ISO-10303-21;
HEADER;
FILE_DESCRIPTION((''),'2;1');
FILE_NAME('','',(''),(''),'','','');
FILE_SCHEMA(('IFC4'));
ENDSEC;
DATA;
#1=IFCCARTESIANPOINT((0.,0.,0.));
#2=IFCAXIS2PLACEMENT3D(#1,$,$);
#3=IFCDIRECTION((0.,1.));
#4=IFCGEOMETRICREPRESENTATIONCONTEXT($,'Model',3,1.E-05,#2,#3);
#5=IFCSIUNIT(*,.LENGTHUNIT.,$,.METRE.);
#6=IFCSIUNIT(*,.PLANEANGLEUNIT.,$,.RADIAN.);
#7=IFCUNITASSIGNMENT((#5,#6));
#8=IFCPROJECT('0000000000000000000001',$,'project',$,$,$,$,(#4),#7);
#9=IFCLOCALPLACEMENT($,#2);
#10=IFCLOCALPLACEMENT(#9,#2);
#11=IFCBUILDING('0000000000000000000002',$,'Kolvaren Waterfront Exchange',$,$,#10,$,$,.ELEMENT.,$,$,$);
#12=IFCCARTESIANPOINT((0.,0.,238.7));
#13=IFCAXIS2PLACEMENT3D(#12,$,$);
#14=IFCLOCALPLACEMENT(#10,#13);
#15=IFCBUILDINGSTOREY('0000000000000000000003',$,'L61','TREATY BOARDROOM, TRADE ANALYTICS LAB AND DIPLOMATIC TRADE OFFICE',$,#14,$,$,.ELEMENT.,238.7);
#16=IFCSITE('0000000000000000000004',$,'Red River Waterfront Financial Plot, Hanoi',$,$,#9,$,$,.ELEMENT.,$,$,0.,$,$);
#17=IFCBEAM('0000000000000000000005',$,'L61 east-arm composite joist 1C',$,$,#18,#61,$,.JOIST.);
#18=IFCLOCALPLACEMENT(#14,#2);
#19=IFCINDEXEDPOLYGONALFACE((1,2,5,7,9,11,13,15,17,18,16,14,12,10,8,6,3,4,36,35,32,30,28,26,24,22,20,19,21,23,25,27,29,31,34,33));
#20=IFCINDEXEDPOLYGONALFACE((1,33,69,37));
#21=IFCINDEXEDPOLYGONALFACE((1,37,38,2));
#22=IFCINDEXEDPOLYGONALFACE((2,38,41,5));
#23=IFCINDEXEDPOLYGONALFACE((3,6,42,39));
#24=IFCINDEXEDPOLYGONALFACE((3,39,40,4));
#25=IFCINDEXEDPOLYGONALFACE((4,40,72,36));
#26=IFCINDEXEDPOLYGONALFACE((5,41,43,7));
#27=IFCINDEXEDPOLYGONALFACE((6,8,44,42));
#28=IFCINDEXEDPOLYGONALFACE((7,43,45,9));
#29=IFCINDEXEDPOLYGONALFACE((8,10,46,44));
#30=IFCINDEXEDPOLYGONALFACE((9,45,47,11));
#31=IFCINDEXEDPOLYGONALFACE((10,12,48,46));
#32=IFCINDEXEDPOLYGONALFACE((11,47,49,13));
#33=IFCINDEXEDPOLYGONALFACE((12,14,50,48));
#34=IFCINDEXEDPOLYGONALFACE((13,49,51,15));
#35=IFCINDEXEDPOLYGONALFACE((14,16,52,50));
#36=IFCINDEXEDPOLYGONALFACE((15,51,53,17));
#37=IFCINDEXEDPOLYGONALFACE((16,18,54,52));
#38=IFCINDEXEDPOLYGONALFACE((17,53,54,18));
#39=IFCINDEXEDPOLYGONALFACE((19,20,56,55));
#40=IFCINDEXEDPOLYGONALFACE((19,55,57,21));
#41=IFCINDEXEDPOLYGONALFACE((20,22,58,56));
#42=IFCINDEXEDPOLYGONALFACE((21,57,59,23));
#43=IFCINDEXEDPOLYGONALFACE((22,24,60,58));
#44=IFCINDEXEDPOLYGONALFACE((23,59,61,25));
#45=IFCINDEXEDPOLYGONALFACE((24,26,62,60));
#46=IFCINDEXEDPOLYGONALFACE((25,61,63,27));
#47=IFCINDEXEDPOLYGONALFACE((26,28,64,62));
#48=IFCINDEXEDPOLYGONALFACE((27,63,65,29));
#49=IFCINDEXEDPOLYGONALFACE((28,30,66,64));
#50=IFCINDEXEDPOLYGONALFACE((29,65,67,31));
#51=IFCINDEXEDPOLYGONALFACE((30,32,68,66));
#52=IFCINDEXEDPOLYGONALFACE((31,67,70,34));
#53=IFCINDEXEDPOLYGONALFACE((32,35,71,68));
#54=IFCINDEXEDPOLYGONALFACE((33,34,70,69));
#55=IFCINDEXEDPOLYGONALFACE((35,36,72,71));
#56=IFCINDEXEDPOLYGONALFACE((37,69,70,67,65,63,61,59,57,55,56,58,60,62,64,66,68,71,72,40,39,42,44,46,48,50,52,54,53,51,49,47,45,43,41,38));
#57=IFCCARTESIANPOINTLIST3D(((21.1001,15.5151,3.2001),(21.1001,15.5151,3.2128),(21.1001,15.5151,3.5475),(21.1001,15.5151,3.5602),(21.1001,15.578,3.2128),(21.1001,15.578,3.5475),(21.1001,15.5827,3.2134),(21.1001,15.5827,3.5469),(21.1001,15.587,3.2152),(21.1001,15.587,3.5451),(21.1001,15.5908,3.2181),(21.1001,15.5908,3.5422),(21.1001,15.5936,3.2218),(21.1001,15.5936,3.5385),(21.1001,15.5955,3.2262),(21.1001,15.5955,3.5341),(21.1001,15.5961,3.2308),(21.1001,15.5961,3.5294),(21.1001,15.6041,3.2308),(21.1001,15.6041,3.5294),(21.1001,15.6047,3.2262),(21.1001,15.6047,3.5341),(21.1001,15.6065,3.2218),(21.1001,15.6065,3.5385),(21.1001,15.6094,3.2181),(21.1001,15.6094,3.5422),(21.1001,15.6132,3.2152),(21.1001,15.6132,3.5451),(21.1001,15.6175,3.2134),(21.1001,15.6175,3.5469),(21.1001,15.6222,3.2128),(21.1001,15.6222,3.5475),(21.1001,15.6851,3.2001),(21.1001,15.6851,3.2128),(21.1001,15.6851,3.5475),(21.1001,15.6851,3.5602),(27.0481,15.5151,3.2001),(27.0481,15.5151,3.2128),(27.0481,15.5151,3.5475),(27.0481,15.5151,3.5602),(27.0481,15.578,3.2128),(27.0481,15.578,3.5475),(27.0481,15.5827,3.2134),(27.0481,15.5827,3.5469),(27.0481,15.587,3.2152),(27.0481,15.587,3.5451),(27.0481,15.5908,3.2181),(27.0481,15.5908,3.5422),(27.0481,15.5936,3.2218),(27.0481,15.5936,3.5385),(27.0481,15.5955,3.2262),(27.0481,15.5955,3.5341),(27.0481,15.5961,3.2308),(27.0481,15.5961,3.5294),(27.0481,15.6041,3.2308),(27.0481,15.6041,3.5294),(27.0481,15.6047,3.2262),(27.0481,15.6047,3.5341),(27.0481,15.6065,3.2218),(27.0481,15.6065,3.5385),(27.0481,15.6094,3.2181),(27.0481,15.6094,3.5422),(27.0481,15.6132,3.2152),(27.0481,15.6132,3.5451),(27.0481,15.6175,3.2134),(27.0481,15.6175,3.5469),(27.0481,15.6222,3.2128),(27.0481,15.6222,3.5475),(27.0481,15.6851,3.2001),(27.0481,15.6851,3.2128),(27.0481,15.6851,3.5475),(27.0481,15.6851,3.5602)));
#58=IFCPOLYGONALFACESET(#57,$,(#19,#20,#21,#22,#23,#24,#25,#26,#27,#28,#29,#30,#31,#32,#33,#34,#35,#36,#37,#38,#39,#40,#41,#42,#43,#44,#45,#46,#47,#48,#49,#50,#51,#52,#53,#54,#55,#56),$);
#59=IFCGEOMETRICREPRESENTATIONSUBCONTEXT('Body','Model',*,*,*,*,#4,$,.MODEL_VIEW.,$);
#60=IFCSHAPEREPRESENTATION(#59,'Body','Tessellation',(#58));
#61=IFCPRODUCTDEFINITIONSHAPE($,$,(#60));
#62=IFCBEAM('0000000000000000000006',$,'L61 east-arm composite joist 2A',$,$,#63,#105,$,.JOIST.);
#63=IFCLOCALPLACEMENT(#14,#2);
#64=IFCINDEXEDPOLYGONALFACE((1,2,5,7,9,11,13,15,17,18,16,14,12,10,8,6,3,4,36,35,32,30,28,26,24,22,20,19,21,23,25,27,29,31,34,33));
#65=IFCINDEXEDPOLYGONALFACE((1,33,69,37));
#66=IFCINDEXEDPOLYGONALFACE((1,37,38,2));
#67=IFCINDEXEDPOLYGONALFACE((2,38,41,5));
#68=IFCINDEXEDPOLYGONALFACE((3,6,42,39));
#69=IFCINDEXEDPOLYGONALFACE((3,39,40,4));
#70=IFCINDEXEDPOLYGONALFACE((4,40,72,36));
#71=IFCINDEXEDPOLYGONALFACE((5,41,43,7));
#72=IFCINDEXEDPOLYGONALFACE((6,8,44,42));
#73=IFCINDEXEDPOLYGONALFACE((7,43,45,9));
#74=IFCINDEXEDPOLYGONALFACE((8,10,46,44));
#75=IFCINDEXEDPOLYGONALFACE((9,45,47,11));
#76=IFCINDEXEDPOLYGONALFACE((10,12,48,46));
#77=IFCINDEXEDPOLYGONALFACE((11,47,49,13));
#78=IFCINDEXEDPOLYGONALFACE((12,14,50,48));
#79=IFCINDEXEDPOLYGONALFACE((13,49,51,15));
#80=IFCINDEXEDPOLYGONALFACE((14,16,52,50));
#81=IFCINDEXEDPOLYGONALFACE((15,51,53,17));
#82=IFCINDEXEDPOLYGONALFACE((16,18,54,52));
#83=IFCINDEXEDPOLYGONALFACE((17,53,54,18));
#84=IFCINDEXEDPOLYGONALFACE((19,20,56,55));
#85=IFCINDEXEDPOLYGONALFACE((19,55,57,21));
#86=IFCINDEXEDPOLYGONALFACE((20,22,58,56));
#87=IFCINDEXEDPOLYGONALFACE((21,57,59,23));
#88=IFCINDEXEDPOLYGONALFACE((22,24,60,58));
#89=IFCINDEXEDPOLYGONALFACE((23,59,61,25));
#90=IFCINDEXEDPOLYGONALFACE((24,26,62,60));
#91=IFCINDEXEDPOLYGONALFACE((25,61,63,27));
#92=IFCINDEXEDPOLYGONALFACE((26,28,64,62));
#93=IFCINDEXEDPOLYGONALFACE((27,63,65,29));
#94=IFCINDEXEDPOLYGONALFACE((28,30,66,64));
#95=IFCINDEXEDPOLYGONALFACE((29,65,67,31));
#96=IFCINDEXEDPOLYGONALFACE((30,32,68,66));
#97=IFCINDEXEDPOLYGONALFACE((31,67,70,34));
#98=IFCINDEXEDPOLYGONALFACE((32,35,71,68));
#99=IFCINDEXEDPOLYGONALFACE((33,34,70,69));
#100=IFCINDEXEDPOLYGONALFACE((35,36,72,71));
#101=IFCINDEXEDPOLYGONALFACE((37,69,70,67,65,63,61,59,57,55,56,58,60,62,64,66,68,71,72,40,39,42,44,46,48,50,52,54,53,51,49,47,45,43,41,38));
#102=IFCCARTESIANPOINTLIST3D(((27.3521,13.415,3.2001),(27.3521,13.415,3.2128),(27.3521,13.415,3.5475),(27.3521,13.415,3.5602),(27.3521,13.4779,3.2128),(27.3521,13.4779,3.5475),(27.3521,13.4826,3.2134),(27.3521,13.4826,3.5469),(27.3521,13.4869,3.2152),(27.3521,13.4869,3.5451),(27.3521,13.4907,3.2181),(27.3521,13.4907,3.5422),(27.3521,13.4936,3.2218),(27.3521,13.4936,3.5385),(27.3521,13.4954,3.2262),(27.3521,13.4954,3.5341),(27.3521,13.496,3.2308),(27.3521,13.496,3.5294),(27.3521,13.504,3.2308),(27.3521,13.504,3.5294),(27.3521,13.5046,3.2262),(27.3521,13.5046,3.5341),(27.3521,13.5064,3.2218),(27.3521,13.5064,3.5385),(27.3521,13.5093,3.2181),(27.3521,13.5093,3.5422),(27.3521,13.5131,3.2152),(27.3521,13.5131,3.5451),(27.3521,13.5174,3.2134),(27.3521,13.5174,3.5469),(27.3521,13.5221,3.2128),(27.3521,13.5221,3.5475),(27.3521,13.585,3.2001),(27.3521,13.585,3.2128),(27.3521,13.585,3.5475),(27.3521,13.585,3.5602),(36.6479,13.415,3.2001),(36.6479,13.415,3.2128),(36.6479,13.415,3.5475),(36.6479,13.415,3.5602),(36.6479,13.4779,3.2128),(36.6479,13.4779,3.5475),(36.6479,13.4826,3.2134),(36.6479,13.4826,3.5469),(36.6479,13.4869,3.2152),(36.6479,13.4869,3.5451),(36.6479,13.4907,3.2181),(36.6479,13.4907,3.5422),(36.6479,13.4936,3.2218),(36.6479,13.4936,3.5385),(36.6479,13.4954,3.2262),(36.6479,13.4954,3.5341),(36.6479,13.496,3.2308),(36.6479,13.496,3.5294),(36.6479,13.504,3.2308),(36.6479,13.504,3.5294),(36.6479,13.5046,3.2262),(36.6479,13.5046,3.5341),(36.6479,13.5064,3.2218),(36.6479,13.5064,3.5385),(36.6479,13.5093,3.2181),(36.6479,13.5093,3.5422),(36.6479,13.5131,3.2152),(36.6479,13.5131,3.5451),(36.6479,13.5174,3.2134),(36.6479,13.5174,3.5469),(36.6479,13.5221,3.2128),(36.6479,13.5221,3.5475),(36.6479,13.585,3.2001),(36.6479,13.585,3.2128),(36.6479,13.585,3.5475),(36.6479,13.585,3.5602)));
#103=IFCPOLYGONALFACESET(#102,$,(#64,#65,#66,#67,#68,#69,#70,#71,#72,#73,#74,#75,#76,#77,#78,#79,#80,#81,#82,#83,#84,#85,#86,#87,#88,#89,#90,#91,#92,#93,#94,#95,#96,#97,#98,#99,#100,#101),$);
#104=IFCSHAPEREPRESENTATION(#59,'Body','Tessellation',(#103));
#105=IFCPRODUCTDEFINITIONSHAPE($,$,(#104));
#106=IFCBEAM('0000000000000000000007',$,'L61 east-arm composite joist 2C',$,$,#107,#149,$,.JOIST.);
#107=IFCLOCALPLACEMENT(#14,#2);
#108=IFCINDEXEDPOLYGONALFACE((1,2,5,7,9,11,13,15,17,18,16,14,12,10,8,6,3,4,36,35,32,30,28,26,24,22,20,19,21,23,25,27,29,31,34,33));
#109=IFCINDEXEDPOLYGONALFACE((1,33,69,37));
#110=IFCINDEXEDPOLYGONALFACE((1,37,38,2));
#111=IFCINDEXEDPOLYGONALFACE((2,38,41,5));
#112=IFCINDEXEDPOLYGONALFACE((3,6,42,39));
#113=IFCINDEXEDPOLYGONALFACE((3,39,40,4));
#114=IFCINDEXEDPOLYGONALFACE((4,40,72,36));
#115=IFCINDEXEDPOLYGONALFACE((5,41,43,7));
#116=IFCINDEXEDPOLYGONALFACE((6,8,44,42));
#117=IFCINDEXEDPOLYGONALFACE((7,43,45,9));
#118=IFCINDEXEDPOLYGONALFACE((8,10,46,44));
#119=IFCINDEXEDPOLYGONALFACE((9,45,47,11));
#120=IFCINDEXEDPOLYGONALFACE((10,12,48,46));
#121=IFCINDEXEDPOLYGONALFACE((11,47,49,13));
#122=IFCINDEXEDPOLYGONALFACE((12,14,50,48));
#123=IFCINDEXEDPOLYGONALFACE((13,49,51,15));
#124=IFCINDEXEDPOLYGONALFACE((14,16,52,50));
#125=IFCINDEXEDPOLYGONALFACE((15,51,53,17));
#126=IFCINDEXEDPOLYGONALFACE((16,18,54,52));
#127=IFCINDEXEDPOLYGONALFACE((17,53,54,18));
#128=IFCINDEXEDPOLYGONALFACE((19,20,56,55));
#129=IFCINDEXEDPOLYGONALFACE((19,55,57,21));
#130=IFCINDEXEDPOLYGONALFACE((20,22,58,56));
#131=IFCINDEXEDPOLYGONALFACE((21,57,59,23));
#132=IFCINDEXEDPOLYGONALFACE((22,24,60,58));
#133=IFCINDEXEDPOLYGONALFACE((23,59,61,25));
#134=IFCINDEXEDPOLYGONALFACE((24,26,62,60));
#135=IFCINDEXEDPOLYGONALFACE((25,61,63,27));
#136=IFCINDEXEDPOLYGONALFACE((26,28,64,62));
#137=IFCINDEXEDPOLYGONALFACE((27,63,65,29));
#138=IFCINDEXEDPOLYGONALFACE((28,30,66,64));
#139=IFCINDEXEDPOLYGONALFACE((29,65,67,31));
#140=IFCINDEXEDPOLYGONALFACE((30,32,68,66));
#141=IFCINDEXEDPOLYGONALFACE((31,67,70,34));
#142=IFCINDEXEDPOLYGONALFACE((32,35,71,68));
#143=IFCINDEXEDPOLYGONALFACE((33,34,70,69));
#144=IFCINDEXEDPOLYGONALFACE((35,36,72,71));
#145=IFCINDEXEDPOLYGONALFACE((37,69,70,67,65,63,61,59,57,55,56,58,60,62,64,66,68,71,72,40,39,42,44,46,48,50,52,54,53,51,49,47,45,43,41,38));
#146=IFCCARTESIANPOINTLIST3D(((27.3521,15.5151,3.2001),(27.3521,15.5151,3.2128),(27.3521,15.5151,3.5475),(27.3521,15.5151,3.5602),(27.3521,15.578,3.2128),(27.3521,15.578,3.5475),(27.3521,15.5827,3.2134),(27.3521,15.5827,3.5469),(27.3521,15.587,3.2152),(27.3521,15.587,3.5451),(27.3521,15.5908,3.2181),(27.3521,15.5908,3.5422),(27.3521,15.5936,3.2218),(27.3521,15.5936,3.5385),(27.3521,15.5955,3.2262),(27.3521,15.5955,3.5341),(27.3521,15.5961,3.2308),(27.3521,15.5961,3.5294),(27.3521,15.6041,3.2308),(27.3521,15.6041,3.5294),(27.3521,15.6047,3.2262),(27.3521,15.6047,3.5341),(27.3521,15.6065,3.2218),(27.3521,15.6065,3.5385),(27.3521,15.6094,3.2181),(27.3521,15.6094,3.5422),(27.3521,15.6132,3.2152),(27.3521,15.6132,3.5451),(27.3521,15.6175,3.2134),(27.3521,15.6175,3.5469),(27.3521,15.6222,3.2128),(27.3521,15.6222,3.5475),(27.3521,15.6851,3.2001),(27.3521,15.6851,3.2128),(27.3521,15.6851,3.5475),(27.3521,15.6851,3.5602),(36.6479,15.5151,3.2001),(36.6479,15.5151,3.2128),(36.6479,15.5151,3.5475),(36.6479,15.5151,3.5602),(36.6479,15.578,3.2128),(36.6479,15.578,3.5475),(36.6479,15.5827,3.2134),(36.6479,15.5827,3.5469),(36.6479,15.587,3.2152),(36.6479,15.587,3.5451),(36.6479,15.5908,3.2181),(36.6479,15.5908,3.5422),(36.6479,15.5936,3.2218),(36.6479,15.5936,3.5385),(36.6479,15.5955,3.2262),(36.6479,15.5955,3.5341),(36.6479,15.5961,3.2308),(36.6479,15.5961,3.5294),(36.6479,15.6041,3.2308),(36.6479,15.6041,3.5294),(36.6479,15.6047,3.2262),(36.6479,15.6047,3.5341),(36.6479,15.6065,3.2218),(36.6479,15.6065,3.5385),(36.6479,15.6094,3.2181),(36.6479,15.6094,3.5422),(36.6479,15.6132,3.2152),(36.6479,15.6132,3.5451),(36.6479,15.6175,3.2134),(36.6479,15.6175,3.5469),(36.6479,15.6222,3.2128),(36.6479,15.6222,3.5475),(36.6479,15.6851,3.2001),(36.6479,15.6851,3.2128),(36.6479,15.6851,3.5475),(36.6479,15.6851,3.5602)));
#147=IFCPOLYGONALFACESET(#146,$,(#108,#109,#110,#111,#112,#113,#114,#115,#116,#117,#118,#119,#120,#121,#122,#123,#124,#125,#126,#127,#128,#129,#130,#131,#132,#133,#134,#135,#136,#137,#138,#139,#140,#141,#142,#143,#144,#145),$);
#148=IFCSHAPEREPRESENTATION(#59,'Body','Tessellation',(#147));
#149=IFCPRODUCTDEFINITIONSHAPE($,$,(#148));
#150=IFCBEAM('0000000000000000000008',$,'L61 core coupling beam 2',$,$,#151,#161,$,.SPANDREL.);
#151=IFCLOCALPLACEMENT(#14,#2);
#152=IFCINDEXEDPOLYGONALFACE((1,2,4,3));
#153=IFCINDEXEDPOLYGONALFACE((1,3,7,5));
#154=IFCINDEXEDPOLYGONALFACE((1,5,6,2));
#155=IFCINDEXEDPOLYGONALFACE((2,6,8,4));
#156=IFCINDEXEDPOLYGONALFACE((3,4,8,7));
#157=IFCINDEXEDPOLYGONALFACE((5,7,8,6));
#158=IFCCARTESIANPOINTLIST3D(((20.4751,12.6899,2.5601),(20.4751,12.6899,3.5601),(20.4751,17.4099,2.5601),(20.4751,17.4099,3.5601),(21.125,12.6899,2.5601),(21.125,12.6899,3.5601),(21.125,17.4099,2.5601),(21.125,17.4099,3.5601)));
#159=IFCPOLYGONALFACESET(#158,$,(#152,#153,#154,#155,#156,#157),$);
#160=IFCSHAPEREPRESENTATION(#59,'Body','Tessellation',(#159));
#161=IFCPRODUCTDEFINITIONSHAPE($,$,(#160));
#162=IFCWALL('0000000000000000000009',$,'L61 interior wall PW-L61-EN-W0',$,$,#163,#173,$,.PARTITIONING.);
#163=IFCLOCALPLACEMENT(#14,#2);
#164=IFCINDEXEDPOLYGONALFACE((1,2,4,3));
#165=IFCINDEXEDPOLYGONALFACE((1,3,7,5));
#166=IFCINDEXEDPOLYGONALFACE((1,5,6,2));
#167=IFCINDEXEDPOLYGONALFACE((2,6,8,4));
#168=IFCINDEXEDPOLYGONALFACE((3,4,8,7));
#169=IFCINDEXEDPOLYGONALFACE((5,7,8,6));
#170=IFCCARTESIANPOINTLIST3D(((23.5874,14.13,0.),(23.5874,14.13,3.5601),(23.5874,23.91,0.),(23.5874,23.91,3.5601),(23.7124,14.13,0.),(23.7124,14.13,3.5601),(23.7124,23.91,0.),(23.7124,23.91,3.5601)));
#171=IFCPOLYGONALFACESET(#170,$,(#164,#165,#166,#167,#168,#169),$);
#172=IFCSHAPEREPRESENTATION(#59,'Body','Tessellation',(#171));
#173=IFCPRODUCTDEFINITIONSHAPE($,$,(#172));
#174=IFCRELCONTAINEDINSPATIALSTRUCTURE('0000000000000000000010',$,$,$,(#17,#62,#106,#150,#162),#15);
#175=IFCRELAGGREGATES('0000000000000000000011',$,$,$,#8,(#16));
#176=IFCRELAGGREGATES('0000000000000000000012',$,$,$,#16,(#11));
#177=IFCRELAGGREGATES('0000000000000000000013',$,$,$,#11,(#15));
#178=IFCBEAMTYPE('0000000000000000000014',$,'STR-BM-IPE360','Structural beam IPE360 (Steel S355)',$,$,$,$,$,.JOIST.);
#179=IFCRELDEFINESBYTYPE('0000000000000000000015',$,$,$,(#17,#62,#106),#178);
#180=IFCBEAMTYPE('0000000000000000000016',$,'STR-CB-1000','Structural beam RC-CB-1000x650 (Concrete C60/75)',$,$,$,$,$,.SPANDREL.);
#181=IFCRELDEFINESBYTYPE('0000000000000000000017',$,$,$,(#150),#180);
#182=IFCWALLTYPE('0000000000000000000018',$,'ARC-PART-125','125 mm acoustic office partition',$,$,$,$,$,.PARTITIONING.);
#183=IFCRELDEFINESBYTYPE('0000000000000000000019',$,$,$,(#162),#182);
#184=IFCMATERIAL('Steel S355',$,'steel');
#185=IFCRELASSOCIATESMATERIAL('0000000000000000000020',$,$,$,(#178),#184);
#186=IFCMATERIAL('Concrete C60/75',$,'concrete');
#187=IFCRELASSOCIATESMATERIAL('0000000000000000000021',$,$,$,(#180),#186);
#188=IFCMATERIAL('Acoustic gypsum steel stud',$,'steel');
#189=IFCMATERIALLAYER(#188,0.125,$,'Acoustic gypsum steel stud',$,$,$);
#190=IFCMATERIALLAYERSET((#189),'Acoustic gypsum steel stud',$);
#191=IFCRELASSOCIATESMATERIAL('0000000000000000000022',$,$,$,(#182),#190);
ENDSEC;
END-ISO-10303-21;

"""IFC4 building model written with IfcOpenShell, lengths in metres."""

from ifc_helpers import new_model, si_unit, direction, frame, frame_2d, origin, origin_2d, place, context, subcontext, project, spatial, rectangle, i_section, extrude, material, layer, layer_set, material_profile, profile_set, type_object, element, save


model = new_model("IFC4")

# Units and contexts
model_context = context("Model", 3, precision=1e-05, world=origin(), true_north=direction((0.0, 1.0)))
body_context = subcontext(model_context, "Body", "Model", "MODEL_VIEW")
ifc_project = project(units=[si_unit("LENGTHUNIT", "METRE"), si_unit("PLANEANGLEUNIT", "RADIAN")], contexts=[model_context])

# Site, building, storey
site_placement = place(None, origin())
site = spatial("IfcSite", under=ifc_project, at=site_placement, Name="Red River Waterfront Financial Plot, Hanoi", CompositionType="ELEMENT", RefElevation=0.0)
building_placement = place(site_placement, origin())
building = spatial("IfcBuilding", under=site, at=building_placement, Name="Kolvaren Waterfront Exchange", CompositionType="ELEMENT")
storey_placement = place(building_placement, frame((0.0, 0.0, 238.7)))
storey = spatial("IfcBuildingStorey", under=building, at=storey_placement, Name="L61", Description="TREATY BOARDROOM, TRADE ANALYTICS LAB AND DIPLOMATIC TRADE OFFICE", CompositionType="ELEMENT", Elevation=238.7)

# Beams
ifc_material_1 = material(Name="Steel S355", Category="steel")
ifc_material_profile_1 = material_profile(ifc_material_1, i_section(OverallWidth=0.1699, OverallDepth=0.3601, WebThickness=0.0081, FlangeThickness=0.0127, FilletRadius=0.0181, at=origin_2d()), Name="IPE360")
ifc_profile_set_1 = profile_set([ifc_material_profile_1], Name="Steel S355")
beam_type_1 = type_object("IfcBeamType", Name="STR-BM-IPE360", Description="Structural beam IPE360 (Steel S355)", PredefinedType="JOIST", material=ifc_profile_set_1)
for number, where, z_axis, x_axis, name in (
    (1, (21.1001, 15.6001, 3.3801), (1.0, 0.0, 0.0), (0.0, 1.0, 0.0), "L61 east-arm composite joist 1C"),
):
    element("IfcBeam", number, at=place(storey_placement, frame(where, z_axis=z_axis, x_axis=x_axis)), inside=storey, type_object=beam_type_1, Name=name, PredefinedType="JOIST", context=body_context, shape_type="SweptSolid", body=[
        extrude(i_section(OverallWidth=0.1699, OverallDepth=0.3601, WebThickness=0.0081, FlangeThickness=0.0127, FilletRadius=0.0181, at=origin_2d()), origin(), (0.0, 0.0, 1.0), 5.948),
    ])
for number, where, z_axis, x_axis, name in (
    (2, (27.3521, 13.5, 3.3801), (1.0, 0.0, 0.0), (0.0, 1.0, 0.0), "L61 east-arm composite joist 2A"),
    (3, (27.3521, 15.6001, 3.3801), (1.0, 0.0, 0.0), (0.0, 1.0, 0.0), "L61 east-arm composite joist 2C"),
):
    element("IfcBeam", number, at=place(storey_placement, frame(where, z_axis=z_axis, x_axis=x_axis)), inside=storey, type_object=beam_type_1, Name=name, PredefinedType="JOIST", context=body_context, shape_type="SweptSolid", body=[
        extrude(i_section(OverallWidth=0.1699, OverallDepth=0.3601, WebThickness=0.0081, FlangeThickness=0.0127, FilletRadius=0.0181, at=origin_2d()), origin(), (0.0, 0.0, 1.0), 9.2959),
    ])
ifc_material_2 = material(Name="Concrete C60/75", Category="concrete")
ifc_material_profile_2 = material_profile(ifc_material_2, rectangle(XDim=0.6499, YDim=1.0, at=origin_2d()), Name="RC-CB-1000x650")
ifc_profile_set_2 = profile_set([ifc_material_profile_2], Name="Concrete C60/75")
beam_type_2 = type_object("IfcBeamType", Name="STR-CB-1000", Description="Structural beam RC-CB-1000x650 (Concrete C60/75)", PredefinedType="SPANDREL", material=ifc_profile_set_2)
beam_1_placement = place(storey_placement, frame((20.8, 12.6899, 3.0601), z_axis=(0.0, 1.0, 0.0), x_axis=(-1.0, 0.0, 0.0)))
element("IfcBeam", 4, at=beam_1_placement, inside=storey, type_object=beam_type_2, Name="L61 core coupling beam 2", PredefinedType="SPANDREL", context=body_context, shape_type="SweptSolid", body=[
    extrude(rectangle(XDim=0.6499, YDim=1.0, at=origin_2d()), origin(), (0.0, 0.0, 1.0), 4.72),
])

# Wall
ifc_material_3 = material(Name="Acoustic gypsum steel stud", Category="steel")
ifc_layer_1 = layer(ifc_material_3, 0.125, Name="Acoustic gypsum steel stud")
ifc_layer_set_1 = layer_set([ifc_layer_1], Name="Acoustic gypsum steel stud")
wall_type_1 = type_object("IfcWallType", Name="ARC-PART-125", Description="125 mm acoustic office partition", PredefinedType="PARTITIONING", material=ifc_layer_set_1)
wall_1_placement = place(storey_placement, frame((23.6499, 14.1299, 0.0), z_axis=(0.0, 0.0, 1.0), x_axis=(0.0, 1.0, 0.0)))
element("IfcWall", 5, at=wall_1_placement, inside=storey, type_object=wall_type_1, Name="L61 interior wall PW-L61-EN-W0", PredefinedType="PARTITIONING", context=body_context, shape_type="SweptSolid", body=[
    extrude(rectangle(XDim=9.78, YDim=0.125, at=frame_2d((4.8901, 0.0))), origin(), (0.0, 0.0, 1.0), 3.5601),
])

save(model, "model.ifc")
